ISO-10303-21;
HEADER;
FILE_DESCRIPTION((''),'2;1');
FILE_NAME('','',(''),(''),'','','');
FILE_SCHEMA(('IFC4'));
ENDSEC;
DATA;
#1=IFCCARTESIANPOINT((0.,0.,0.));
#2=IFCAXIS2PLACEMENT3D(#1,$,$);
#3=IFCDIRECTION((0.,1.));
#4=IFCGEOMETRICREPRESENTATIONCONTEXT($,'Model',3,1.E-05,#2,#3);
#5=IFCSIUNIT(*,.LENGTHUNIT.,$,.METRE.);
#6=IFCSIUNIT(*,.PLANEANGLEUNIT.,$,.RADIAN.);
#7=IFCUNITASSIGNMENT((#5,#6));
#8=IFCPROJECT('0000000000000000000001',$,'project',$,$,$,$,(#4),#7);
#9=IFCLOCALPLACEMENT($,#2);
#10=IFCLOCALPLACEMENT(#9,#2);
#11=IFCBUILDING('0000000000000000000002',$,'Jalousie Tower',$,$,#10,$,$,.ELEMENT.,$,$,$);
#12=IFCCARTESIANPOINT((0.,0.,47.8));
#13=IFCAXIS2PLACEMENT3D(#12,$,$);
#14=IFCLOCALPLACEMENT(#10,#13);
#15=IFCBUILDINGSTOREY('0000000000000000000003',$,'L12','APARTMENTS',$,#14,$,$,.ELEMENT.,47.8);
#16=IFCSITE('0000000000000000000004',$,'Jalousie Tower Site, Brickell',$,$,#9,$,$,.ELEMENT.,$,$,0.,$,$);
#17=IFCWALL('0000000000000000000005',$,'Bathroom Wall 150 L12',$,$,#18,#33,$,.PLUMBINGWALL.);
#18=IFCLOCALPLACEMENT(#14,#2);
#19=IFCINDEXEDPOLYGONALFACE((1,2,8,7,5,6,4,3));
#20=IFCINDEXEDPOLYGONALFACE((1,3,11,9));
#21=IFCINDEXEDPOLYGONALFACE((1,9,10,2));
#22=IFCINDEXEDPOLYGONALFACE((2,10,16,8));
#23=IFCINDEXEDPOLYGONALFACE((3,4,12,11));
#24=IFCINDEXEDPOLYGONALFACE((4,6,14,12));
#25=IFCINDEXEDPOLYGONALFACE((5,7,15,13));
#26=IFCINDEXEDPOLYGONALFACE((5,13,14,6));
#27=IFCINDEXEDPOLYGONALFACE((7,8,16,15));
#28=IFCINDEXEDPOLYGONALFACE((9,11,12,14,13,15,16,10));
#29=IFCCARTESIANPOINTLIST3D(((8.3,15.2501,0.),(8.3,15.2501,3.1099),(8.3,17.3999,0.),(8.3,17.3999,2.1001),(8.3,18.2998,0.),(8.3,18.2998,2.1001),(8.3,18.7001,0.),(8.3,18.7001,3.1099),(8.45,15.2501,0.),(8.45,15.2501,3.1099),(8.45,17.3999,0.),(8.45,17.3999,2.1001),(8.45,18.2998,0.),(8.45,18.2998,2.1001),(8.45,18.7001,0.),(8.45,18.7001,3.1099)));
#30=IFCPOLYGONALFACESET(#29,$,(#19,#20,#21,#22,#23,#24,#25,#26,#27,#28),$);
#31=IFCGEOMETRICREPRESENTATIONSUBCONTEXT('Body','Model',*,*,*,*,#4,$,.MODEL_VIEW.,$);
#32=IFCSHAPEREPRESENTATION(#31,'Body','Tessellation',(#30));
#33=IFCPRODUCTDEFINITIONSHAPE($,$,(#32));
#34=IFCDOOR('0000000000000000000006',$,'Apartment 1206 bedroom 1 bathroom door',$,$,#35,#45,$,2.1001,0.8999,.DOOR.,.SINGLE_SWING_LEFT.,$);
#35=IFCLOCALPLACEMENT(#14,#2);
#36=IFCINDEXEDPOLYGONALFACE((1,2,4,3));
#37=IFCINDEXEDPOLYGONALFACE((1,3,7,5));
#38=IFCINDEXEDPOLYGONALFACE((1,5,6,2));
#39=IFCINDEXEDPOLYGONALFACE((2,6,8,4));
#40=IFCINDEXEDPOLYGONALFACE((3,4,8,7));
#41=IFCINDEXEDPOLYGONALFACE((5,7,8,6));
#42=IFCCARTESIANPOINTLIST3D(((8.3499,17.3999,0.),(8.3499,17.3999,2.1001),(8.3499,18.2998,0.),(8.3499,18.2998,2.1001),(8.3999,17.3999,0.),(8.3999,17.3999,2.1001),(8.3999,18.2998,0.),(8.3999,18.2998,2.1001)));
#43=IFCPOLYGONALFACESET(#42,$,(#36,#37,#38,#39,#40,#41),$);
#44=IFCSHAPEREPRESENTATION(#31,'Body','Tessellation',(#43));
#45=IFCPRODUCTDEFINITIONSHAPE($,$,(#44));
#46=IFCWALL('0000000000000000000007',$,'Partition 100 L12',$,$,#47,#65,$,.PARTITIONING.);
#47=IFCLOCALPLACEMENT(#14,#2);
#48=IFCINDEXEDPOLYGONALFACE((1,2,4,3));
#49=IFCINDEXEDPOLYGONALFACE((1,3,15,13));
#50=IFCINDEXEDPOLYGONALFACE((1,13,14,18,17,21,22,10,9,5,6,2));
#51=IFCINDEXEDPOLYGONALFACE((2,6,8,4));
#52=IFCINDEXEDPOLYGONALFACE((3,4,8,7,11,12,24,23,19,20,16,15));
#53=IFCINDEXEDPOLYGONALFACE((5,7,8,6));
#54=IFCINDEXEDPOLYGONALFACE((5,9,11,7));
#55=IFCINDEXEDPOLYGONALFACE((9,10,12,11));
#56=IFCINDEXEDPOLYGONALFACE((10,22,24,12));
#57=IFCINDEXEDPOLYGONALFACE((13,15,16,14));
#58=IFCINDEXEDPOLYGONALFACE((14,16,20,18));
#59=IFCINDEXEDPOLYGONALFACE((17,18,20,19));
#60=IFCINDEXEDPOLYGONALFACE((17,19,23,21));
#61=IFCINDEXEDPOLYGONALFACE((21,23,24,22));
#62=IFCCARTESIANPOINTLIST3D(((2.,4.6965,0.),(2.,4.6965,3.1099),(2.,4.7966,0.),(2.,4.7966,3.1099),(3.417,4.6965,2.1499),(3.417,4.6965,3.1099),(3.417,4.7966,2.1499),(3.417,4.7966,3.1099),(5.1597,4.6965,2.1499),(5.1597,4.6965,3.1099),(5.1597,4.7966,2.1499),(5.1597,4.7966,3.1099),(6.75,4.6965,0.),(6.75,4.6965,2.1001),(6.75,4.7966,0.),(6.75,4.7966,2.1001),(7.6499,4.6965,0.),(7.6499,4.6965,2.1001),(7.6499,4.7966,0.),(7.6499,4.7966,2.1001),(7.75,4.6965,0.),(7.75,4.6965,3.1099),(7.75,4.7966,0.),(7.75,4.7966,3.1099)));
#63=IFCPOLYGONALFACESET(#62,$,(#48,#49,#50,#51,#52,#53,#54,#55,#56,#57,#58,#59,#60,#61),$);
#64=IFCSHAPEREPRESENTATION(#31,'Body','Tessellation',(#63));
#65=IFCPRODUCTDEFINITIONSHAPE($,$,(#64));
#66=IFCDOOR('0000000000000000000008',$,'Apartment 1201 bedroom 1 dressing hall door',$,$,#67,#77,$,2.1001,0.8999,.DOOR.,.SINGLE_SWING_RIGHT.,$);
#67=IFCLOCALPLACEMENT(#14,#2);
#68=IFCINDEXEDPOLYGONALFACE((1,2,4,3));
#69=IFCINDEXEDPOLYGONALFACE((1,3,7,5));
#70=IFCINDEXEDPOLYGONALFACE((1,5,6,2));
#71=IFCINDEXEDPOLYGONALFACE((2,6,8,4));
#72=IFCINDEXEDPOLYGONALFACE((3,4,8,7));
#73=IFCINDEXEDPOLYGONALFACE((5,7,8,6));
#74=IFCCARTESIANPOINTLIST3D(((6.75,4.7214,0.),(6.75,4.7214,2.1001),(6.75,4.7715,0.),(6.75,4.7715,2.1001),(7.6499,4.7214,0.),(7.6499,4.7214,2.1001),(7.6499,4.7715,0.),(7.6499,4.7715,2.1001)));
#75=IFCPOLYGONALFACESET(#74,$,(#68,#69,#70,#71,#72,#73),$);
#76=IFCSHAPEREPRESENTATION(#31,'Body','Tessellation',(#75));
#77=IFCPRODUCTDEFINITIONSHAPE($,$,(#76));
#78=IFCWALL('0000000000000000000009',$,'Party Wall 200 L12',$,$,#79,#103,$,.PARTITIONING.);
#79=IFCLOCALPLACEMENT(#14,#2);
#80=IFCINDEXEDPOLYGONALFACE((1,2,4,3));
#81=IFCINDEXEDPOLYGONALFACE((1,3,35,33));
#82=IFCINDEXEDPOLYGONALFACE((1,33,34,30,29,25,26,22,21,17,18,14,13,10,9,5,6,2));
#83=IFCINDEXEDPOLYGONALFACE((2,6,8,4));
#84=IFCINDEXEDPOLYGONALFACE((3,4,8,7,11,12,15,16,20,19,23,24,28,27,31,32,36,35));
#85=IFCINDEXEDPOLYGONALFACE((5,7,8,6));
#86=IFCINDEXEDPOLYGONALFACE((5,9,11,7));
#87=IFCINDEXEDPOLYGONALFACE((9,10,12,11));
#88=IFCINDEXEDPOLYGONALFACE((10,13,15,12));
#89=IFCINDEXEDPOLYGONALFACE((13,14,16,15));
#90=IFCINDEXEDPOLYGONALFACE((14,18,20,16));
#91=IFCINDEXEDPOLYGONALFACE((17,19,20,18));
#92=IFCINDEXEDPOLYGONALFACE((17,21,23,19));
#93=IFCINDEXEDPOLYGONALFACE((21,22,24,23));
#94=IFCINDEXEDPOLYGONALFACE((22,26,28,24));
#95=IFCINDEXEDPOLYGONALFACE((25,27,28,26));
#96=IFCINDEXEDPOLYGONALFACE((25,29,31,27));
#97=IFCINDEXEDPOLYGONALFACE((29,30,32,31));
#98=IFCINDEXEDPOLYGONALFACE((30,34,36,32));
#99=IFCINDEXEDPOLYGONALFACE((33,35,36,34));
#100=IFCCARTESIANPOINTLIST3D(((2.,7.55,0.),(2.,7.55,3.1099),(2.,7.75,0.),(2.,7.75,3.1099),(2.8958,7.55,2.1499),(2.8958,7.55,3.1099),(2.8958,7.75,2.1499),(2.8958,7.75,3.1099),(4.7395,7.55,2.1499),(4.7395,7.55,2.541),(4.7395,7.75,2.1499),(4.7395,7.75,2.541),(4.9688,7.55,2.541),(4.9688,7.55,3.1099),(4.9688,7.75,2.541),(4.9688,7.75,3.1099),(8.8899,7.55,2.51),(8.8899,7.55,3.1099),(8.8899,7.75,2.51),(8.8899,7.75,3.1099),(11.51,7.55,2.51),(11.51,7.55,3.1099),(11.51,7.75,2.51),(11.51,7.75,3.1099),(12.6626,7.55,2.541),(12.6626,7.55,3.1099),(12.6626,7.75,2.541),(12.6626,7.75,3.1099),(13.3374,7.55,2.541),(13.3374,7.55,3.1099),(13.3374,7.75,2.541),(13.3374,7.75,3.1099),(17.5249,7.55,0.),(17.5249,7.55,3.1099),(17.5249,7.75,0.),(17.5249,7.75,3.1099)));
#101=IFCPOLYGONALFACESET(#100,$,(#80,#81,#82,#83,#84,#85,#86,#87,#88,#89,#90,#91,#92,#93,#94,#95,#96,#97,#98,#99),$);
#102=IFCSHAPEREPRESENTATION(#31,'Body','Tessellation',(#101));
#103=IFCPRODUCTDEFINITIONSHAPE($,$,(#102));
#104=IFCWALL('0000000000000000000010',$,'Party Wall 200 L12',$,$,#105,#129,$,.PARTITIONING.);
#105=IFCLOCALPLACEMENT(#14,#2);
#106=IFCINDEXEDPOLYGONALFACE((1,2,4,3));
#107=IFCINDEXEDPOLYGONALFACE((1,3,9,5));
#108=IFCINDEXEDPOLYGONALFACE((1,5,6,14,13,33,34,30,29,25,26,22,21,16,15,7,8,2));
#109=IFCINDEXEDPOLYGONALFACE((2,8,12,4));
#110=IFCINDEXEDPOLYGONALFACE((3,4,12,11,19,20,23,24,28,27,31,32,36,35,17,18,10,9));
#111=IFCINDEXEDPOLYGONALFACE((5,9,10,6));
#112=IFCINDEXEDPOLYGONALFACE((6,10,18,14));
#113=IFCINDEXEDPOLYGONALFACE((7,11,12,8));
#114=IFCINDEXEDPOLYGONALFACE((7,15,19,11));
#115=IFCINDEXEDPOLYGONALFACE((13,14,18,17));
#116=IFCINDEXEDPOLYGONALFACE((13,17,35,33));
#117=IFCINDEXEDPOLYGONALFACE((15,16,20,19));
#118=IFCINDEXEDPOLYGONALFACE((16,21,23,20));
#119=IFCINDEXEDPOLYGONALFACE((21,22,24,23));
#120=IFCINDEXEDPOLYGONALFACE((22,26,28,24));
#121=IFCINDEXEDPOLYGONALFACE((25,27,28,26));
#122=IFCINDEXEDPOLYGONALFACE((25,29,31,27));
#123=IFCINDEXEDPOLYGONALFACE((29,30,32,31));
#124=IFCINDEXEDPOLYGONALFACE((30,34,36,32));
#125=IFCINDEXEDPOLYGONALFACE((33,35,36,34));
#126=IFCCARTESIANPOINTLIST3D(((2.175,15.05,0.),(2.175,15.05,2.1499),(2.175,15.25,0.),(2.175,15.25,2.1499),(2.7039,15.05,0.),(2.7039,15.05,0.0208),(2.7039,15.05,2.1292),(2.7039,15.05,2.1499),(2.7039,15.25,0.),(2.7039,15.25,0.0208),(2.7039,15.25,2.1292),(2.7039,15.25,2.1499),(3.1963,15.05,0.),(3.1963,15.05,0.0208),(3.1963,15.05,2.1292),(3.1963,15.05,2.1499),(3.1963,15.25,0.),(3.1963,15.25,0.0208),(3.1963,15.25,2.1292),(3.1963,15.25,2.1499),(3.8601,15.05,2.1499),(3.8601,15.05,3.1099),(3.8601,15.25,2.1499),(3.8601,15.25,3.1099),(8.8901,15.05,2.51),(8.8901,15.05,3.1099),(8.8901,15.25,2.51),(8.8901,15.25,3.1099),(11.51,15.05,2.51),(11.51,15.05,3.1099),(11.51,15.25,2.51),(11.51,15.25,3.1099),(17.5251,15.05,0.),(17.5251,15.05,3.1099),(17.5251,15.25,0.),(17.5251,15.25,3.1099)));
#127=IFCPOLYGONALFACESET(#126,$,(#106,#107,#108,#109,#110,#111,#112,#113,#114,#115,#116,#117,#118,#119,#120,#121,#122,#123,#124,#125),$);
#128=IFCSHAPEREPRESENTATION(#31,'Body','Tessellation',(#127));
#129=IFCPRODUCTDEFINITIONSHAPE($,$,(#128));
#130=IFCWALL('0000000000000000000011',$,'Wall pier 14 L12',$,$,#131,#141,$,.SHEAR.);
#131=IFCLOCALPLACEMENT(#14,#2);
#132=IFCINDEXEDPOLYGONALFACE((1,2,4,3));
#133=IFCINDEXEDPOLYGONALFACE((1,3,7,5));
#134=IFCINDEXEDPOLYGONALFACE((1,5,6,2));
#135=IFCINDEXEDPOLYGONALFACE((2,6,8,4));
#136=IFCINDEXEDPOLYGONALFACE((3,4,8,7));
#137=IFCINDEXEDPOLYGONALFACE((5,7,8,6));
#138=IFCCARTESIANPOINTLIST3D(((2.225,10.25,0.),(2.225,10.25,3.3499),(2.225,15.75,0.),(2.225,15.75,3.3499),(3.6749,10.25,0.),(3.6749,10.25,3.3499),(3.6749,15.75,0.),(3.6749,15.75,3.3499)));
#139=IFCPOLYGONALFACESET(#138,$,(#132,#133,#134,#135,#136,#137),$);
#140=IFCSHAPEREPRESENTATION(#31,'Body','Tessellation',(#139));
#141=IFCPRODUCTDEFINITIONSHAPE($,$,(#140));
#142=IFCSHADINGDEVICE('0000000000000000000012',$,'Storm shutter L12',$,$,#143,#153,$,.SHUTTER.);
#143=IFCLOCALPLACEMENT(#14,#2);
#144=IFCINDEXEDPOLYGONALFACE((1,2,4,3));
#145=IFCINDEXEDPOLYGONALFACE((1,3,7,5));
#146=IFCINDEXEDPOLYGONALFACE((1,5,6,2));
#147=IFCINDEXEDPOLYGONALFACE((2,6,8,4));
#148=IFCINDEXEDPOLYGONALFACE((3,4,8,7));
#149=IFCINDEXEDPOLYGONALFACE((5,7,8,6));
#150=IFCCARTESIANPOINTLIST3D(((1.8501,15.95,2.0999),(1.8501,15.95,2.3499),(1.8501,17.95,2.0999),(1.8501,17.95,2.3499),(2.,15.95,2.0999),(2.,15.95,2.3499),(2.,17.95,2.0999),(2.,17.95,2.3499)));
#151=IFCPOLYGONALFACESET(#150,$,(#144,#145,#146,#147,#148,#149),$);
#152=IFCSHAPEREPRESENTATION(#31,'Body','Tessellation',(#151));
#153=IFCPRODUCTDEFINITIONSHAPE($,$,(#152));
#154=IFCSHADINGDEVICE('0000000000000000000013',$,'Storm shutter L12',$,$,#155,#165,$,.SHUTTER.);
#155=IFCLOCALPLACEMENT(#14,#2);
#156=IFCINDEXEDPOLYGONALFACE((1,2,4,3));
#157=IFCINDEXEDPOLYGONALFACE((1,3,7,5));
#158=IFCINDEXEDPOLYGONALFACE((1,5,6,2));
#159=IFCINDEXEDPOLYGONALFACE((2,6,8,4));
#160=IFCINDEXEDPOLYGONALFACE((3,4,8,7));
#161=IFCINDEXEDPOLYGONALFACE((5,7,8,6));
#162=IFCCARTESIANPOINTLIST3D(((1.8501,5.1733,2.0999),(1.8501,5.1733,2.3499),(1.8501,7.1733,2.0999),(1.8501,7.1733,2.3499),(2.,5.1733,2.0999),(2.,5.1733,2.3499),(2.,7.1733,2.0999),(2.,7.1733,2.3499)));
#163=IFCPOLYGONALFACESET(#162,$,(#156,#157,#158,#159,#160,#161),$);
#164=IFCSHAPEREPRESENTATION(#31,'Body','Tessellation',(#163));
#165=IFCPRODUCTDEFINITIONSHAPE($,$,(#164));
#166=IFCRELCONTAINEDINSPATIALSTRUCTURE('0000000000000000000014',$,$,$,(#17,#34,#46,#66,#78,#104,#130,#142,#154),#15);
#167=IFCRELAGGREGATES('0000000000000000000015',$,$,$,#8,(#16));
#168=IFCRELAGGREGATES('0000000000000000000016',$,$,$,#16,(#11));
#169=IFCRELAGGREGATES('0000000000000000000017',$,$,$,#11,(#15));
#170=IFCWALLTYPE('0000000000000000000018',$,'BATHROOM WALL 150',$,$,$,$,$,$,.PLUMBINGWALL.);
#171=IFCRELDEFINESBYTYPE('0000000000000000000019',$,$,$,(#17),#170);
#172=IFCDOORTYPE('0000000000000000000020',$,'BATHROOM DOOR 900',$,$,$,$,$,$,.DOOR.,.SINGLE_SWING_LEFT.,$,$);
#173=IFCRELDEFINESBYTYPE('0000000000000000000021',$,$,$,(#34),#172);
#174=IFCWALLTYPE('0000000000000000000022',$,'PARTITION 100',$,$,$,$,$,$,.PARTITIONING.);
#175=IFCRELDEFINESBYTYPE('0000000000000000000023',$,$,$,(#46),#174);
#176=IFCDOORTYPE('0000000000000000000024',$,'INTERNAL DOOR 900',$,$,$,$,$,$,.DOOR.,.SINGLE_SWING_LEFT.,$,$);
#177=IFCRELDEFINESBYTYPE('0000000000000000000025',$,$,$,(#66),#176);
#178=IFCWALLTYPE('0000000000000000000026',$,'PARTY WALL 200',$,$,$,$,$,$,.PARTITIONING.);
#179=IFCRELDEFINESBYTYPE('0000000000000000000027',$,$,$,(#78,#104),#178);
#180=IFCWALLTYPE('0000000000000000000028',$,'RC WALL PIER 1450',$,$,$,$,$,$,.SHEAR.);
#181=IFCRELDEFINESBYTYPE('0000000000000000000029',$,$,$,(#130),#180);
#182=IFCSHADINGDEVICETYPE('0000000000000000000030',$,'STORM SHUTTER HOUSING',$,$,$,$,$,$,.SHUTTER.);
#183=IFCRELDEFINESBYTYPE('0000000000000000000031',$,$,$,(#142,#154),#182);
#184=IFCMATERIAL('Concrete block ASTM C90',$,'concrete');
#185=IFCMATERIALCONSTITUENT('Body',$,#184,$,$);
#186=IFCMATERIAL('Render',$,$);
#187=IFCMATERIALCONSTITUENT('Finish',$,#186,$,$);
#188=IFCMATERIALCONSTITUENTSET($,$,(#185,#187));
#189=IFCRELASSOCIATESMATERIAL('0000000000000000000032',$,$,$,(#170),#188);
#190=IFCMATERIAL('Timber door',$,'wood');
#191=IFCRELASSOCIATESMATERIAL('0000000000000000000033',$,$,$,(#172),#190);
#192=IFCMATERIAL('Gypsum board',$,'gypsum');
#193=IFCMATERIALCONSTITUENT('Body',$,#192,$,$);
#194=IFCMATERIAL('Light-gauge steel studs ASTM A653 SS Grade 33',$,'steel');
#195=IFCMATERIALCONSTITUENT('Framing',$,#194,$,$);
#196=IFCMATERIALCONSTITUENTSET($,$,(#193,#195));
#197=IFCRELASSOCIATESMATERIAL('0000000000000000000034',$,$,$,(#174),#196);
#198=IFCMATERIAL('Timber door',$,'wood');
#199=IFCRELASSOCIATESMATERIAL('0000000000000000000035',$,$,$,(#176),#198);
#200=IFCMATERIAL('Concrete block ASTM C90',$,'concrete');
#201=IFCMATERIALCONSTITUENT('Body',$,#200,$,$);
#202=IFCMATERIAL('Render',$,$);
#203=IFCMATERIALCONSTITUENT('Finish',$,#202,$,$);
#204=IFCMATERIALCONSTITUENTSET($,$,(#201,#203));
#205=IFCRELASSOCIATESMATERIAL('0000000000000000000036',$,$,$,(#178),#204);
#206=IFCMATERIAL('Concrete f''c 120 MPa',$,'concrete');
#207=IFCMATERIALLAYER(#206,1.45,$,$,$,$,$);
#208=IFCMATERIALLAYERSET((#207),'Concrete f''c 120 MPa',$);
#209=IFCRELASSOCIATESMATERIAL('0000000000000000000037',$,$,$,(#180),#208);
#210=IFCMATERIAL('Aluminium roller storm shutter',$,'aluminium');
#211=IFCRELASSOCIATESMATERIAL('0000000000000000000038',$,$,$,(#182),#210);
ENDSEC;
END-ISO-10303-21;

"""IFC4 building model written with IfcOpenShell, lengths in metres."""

from ifc_helpers import new_model, si_unit, direction, frame, frame_2d, origin, origin_2d, place, context, subcontext, project, spatial, polyline, rectangle, outline, extrude, material, layer, layer_set, constituent, constituent_set, type_object, element, fill, save


model = new_model("IFC4")

# Units and contexts
model_context = context("Model", 3, precision=1e-05, world=origin(), true_north=direction((0.0, 1.0)))
body_context = subcontext(model_context, "Body", "Model", "MODEL_VIEW")
ifc_project = project(units=[si_unit("LENGTHUNIT", "METRE"), si_unit("PLANEANGLEUNIT", "RADIAN")], contexts=[model_context])

# Site, building, storey
site_placement = place(None, origin())
site = spatial("IfcSite", under=ifc_project, at=site_placement, Name="Jalousie Tower Site, Brickell", CompositionType="ELEMENT", RefElevation=0.0)
building_placement = place(site_placement, origin())
building = spatial("IfcBuilding", under=site, at=building_placement, Name="Jalousie Tower", CompositionType="ELEMENT")
storey_placement = place(building_placement, frame((0.0, 0.0, 47.8)))
storey = spatial("IfcBuildingStorey", under=building, at=storey_placement, Name="L12", Description="APARTMENTS", CompositionType="ELEMENT", Elevation=47.8)

# Walls, openings, doors
ifc_material_1 = material(Name="Concrete block ASTM C90", Category="concrete")
ifc_constituent_1 = constituent(ifc_material_1, Name="Body")
ifc_material_2 = material(Name="Render")
ifc_constituent_2 = constituent(ifc_material_2, Name="Finish")
ifc_constituent_set_1 = constituent_set(constituents=[ifc_constituent_1, ifc_constituent_2])
wall_type_1 = type_object("IfcWallType", Name="BATHROOM WALL 150", PredefinedType="PLUMBINGWALL", material=ifc_constituent_set_1)
ifc_material_3 = material(Name="Timber door", Category="wood")
door_type_1 = type_object("IfcDoorType", Name="BATHROOM DOOR 900", OperationType="SINGLE_SWING_LEFT", PredefinedType="DOOR", material=ifc_material_3)
wall_1_placement = place(storey_placement, frame((8.375, 15.25, 0.0), z_axis=(0.0, 0.0, 1.0), x_axis=(0.0, 1.0, 0.0)))
wall_1 = element("IfcWall", 1, at=wall_1_placement, inside=storey, type_object=wall_type_1, Name="Bathroom Wall 150 L12", PredefinedType="PLUMBINGWALL", context=body_context, shape_type="SweptSolid", body=[
    extrude(rectangle(XDim=3.45, YDim=0.1499, at=frame_2d((1.7251, 0.0))), origin(), (0.0, 0.0, 1.0), 3.1099),
])
opening_1_placement = place(wall_1_placement, frame((2.1499, 0.0, 0.0)))
opening_1 = element("IfcOpeningElement", 2, at=opening_1_placement, cuts=wall_1, PredefinedType="OPENING", context=body_context, shape_type="SweptSolid", body=[
    extrude(rectangle(XDim=0.8999, YDim=2.1001, at=frame_2d((0.45, 1.05))), frame((0.0, 0.085, 0.0), z_axis=(0.0, -1.0, 0.0), x_axis=(1.0, 0.0, 0.0)), (0.0, 0.0, 1.0), 0.1699),
])
door_1_placement = place(opening_1_placement, frame((0.8999, 0.0, 0.0), z_axis=(0.0, 0.0, 1.0), x_axis=(-1.0, 0.0, 0.0)))
door_1 = element("IfcDoor", 3, at=door_1_placement, inside=storey, type_object=door_type_1, Name="Apartment 1206 bedroom 1 bathroom door", OperationType="SINGLE_SWING_LEFT", OverallHeight=2.1001, OverallWidth=0.8999, PredefinedType="DOOR", context=body_context, shape_type="SweptSolid", body=[
    extrude(rectangle(XDim=0.8999, YDim=2.1001, at=frame_2d((0.45, 1.05))), frame((0.0, 0.0249, 0.0), z_axis=(0.0, -1.0, 0.0), x_axis=(1.0, 0.0, 0.0)), (0.0, 0.0, 1.0), 0.05),
])
fill(opening_1, door_1)
ifc_material_4 = material(Name="Gypsum board", Category="gypsum")
ifc_constituent_3 = constituent(ifc_material_4, Name="Body")
ifc_material_5 = material(Name="Light-gauge steel studs ASTM A653 SS Grade 33", Category="steel")
ifc_constituent_4 = constituent(ifc_material_5, Name="Framing")
ifc_constituent_set_2 = constituent_set(constituents=[ifc_constituent_3, ifc_constituent_4])
wall_type_2 = type_object("IfcWallType", Name="PARTITION 100", PredefinedType="PARTITIONING", material=ifc_constituent_set_2)
wall_2_placement = place(storey_placement, frame((2.0, 4.7466, 0.0), z_axis=(0.0, 0.0, 1.0), x_axis=(1.0, 0.0, 0.0)))
wall_2 = element("IfcWall", 4, at=wall_2_placement, inside=storey, type_object=wall_type_2, Name="Partition 100 L12", PredefinedType="PARTITIONING", context=body_context, shape_type="SweptSolid", body=[
    extrude(outline(polyline([(0.0, 0.0), (5.75, 0.0), (5.75, 3.1099), (3.1597, 3.1099), (3.1597, 2.1499), (1.417, 2.1499), (1.417, 3.1099), (0.0, 3.1099), (0.0, 0.0)])), frame((0.0, 0.05, 0.0), z_axis=(0.0, -1.0, 0.0), x_axis=(1.0, 0.0, 0.0)), (0.0, 0.0, 1.0), 0.1001),
])
opening_2_placement = place(wall_2_placement, frame((4.75, 0.0, 0.0)))
opening_2 = element("IfcOpeningElement", 5, at=opening_2_placement, cuts=wall_2, PredefinedType="OPENING", context=body_context, shape_type="SweptSolid", body=[
    extrude(rectangle(XDim=0.8999, YDim=2.1001, at=frame_2d((0.45, 1.05))), frame((0.0, 0.0601, 0.0), z_axis=(0.0, -1.0, 0.0), x_axis=(1.0, 0.0, 0.0)), (0.0, 0.0, 1.0), 0.1201),
])
ifc_material_6 = material(Name="Timber door", Category="wood")
door_type_2 = type_object("IfcDoorType", Name="INTERNAL DOOR 900", OperationType="SINGLE_SWING_LEFT", PredefinedType="DOOR", material=ifc_material_6)
door_2_placement = place(opening_2_placement, origin())
door_2 = element("IfcDoor", 6, at=door_2_placement, inside=storey, type_object=door_type_2, Name="Apartment 1201 bedroom 1 dressing hall door", OperationType="SINGLE_SWING_RIGHT", OverallHeight=2.1001, OverallWidth=0.8999, PredefinedType="DOOR", context=body_context, shape_type="SweptSolid", body=[
    extrude(rectangle(XDim=0.8999, YDim=2.1001, at=frame_2d((0.45, 1.05))), frame((0.0, 0.0249, 0.0), z_axis=(0.0, -1.0, 0.0), x_axis=(1.0, 0.0, 0.0)), (0.0, 0.0, 1.0), 0.05),
])
fill(opening_2, door_2)

# Walls
ifc_material_7 = material(Name="Concrete block ASTM C90", Category="concrete")
ifc_constituent_5 = constituent(ifc_material_7, Name="Body")
ifc_material_8 = material(Name="Render")
ifc_constituent_6 = constituent(ifc_material_8, Name="Finish")
ifc_constituent_set_3 = constituent_set(constituents=[ifc_constituent_5, ifc_constituent_6])
wall_type_3 = type_object("IfcWallType", Name="PARTY WALL 200", PredefinedType="PARTITIONING", material=ifc_constituent_set_3)
wall_3_placement = place(storey_placement, frame((2.0, 7.6499, 0.0), z_axis=(0.0, 0.0, 1.0), x_axis=(1.0, 0.0, 0.0)))
element("IfcWall", 7, at=wall_3_placement, inside=storey, type_object=wall_type_3, Name="Party Wall 200 L12", PredefinedType="PARTITIONING", context=body_context, shape_type="SweptSolid", body=[
    extrude(outline(polyline([(0.0, 0.0), (15.5249, 0.0), (15.5249, 3.1099), (11.3374, 3.1099), (11.3374, 2.541), (10.6626, 2.541), (10.6626, 3.1099), (9.51, 3.1099), (9.51, 2.51), (6.8899, 2.51), (6.8899, 3.1099), (2.9688, 3.1099), (2.9688, 2.541), (2.7395, 2.541), (2.7395, 2.1499), (0.8958, 2.1499), (0.8958, 3.1099), (0.0, 3.1099), (0.0, 0.0)])), frame((0.0, 0.1001, 0.0), z_axis=(0.0, -1.0, 0.0), x_axis=(1.0, 0.0, 0.0)), (0.0, 0.0, 1.0), 0.2),
])
wall_4_placement = place(storey_placement, frame((2.175, 15.1499, 0.0), z_axis=(0.0, 0.0, 1.0), x_axis=(1.0, 0.0, 0.0)))
element("IfcWall", 8, at=wall_4_placement, inside=storey, type_object=wall_type_3, Name="Party Wall 200 L12", PredefinedType="PARTITIONING", context=body_context, shape_type="SweptSolid", body=[
    extrude(outline(polyline([(0.5288, 2.1499), (0.0, 2.1499), (0.0, 0.0), (0.5288, 0.0), (0.5288, 0.0208), (1.0212, 0.0208), (1.0212, 0.0), (15.3501, 0.0), (15.3501, 3.1099), (9.335, 3.1099), (9.335, 2.51), (6.7151, 2.51), (6.7151, 3.1099), (1.6851, 3.1099), (1.6851, 2.1499), (1.0212, 2.1499), (1.0212, 2.1292), (0.5288, 2.1292), (0.5288, 2.1499)])), frame((0.0, 0.1001, 0.0), z_axis=(0.0, -1.0, 0.0), x_axis=(1.0, 0.0, 0.0)), (0.0, 0.0, 1.0), 0.2),
])
ifc_material_9 = material(Name="Concrete f'c 120 MPa", Category="concrete")
ifc_layer_1 = layer(ifc_material_9, 1.45)
ifc_layer_set_1 = layer_set([ifc_layer_1], Name="Concrete f'c 120 MPa")
wall_type_4 = type_object("IfcWallType", Name="RC WALL PIER 1450", PredefinedType="SHEAR", material=ifc_layer_set_1)
wall_5_placement = place(storey_placement, frame((2.95, 10.25, 0.0), z_axis=(0.0, 0.0, 1.0), x_axis=(0.0, 1.0, 0.0)))
element("IfcWall", 9, at=wall_5_placement, inside=storey, type_object=wall_type_4, Name="Wall pier 14 L12", PredefinedType="SHEAR", context=body_context, shape_type="SweptSolid", body=[
    extrude(rectangle(XDim=5.5, YDim=1.45, at=frame_2d((2.75, 0.0))), origin(), (0.0, 0.0, 1.0), 3.3499),
])

# Shading devices
ifc_material_10 = material(Name="Aluminium roller storm shutter", Category="aluminium")
shading_device_type = type_object("IfcShadingDeviceType", Name="STORM SHUTTER HOUSING", PredefinedType="SHUTTER", material=ifc_material_10)
for number, where, z_axis, x_axis, name in (
    (10, (1.925, 16.95, 2.0999), (0.0, 0.0, 1.0), (0.0, -1.0, 0.0), "Storm shutter L12"),
    (11, (1.925, 6.1733, 2.0999), (0.0, 0.0, 1.0), (0.0, -1.0, 0.0), "Storm shutter L12"),
):
    element("IfcShadingDevice", number, at=place(storey_placement, frame(where, z_axis=z_axis, x_axis=x_axis)), inside=storey, type_object=shading_device_type, Name=name, PredefinedType="SHUTTER", context=body_context, shape_type="SweptSolid", body=[
        extrude(rectangle(XDim=2.0, YDim=0.1499, at=origin_2d()), origin(), (0.0, 0.0, 1.0), 0.25),
    ])

save(model, "model.ifc")
